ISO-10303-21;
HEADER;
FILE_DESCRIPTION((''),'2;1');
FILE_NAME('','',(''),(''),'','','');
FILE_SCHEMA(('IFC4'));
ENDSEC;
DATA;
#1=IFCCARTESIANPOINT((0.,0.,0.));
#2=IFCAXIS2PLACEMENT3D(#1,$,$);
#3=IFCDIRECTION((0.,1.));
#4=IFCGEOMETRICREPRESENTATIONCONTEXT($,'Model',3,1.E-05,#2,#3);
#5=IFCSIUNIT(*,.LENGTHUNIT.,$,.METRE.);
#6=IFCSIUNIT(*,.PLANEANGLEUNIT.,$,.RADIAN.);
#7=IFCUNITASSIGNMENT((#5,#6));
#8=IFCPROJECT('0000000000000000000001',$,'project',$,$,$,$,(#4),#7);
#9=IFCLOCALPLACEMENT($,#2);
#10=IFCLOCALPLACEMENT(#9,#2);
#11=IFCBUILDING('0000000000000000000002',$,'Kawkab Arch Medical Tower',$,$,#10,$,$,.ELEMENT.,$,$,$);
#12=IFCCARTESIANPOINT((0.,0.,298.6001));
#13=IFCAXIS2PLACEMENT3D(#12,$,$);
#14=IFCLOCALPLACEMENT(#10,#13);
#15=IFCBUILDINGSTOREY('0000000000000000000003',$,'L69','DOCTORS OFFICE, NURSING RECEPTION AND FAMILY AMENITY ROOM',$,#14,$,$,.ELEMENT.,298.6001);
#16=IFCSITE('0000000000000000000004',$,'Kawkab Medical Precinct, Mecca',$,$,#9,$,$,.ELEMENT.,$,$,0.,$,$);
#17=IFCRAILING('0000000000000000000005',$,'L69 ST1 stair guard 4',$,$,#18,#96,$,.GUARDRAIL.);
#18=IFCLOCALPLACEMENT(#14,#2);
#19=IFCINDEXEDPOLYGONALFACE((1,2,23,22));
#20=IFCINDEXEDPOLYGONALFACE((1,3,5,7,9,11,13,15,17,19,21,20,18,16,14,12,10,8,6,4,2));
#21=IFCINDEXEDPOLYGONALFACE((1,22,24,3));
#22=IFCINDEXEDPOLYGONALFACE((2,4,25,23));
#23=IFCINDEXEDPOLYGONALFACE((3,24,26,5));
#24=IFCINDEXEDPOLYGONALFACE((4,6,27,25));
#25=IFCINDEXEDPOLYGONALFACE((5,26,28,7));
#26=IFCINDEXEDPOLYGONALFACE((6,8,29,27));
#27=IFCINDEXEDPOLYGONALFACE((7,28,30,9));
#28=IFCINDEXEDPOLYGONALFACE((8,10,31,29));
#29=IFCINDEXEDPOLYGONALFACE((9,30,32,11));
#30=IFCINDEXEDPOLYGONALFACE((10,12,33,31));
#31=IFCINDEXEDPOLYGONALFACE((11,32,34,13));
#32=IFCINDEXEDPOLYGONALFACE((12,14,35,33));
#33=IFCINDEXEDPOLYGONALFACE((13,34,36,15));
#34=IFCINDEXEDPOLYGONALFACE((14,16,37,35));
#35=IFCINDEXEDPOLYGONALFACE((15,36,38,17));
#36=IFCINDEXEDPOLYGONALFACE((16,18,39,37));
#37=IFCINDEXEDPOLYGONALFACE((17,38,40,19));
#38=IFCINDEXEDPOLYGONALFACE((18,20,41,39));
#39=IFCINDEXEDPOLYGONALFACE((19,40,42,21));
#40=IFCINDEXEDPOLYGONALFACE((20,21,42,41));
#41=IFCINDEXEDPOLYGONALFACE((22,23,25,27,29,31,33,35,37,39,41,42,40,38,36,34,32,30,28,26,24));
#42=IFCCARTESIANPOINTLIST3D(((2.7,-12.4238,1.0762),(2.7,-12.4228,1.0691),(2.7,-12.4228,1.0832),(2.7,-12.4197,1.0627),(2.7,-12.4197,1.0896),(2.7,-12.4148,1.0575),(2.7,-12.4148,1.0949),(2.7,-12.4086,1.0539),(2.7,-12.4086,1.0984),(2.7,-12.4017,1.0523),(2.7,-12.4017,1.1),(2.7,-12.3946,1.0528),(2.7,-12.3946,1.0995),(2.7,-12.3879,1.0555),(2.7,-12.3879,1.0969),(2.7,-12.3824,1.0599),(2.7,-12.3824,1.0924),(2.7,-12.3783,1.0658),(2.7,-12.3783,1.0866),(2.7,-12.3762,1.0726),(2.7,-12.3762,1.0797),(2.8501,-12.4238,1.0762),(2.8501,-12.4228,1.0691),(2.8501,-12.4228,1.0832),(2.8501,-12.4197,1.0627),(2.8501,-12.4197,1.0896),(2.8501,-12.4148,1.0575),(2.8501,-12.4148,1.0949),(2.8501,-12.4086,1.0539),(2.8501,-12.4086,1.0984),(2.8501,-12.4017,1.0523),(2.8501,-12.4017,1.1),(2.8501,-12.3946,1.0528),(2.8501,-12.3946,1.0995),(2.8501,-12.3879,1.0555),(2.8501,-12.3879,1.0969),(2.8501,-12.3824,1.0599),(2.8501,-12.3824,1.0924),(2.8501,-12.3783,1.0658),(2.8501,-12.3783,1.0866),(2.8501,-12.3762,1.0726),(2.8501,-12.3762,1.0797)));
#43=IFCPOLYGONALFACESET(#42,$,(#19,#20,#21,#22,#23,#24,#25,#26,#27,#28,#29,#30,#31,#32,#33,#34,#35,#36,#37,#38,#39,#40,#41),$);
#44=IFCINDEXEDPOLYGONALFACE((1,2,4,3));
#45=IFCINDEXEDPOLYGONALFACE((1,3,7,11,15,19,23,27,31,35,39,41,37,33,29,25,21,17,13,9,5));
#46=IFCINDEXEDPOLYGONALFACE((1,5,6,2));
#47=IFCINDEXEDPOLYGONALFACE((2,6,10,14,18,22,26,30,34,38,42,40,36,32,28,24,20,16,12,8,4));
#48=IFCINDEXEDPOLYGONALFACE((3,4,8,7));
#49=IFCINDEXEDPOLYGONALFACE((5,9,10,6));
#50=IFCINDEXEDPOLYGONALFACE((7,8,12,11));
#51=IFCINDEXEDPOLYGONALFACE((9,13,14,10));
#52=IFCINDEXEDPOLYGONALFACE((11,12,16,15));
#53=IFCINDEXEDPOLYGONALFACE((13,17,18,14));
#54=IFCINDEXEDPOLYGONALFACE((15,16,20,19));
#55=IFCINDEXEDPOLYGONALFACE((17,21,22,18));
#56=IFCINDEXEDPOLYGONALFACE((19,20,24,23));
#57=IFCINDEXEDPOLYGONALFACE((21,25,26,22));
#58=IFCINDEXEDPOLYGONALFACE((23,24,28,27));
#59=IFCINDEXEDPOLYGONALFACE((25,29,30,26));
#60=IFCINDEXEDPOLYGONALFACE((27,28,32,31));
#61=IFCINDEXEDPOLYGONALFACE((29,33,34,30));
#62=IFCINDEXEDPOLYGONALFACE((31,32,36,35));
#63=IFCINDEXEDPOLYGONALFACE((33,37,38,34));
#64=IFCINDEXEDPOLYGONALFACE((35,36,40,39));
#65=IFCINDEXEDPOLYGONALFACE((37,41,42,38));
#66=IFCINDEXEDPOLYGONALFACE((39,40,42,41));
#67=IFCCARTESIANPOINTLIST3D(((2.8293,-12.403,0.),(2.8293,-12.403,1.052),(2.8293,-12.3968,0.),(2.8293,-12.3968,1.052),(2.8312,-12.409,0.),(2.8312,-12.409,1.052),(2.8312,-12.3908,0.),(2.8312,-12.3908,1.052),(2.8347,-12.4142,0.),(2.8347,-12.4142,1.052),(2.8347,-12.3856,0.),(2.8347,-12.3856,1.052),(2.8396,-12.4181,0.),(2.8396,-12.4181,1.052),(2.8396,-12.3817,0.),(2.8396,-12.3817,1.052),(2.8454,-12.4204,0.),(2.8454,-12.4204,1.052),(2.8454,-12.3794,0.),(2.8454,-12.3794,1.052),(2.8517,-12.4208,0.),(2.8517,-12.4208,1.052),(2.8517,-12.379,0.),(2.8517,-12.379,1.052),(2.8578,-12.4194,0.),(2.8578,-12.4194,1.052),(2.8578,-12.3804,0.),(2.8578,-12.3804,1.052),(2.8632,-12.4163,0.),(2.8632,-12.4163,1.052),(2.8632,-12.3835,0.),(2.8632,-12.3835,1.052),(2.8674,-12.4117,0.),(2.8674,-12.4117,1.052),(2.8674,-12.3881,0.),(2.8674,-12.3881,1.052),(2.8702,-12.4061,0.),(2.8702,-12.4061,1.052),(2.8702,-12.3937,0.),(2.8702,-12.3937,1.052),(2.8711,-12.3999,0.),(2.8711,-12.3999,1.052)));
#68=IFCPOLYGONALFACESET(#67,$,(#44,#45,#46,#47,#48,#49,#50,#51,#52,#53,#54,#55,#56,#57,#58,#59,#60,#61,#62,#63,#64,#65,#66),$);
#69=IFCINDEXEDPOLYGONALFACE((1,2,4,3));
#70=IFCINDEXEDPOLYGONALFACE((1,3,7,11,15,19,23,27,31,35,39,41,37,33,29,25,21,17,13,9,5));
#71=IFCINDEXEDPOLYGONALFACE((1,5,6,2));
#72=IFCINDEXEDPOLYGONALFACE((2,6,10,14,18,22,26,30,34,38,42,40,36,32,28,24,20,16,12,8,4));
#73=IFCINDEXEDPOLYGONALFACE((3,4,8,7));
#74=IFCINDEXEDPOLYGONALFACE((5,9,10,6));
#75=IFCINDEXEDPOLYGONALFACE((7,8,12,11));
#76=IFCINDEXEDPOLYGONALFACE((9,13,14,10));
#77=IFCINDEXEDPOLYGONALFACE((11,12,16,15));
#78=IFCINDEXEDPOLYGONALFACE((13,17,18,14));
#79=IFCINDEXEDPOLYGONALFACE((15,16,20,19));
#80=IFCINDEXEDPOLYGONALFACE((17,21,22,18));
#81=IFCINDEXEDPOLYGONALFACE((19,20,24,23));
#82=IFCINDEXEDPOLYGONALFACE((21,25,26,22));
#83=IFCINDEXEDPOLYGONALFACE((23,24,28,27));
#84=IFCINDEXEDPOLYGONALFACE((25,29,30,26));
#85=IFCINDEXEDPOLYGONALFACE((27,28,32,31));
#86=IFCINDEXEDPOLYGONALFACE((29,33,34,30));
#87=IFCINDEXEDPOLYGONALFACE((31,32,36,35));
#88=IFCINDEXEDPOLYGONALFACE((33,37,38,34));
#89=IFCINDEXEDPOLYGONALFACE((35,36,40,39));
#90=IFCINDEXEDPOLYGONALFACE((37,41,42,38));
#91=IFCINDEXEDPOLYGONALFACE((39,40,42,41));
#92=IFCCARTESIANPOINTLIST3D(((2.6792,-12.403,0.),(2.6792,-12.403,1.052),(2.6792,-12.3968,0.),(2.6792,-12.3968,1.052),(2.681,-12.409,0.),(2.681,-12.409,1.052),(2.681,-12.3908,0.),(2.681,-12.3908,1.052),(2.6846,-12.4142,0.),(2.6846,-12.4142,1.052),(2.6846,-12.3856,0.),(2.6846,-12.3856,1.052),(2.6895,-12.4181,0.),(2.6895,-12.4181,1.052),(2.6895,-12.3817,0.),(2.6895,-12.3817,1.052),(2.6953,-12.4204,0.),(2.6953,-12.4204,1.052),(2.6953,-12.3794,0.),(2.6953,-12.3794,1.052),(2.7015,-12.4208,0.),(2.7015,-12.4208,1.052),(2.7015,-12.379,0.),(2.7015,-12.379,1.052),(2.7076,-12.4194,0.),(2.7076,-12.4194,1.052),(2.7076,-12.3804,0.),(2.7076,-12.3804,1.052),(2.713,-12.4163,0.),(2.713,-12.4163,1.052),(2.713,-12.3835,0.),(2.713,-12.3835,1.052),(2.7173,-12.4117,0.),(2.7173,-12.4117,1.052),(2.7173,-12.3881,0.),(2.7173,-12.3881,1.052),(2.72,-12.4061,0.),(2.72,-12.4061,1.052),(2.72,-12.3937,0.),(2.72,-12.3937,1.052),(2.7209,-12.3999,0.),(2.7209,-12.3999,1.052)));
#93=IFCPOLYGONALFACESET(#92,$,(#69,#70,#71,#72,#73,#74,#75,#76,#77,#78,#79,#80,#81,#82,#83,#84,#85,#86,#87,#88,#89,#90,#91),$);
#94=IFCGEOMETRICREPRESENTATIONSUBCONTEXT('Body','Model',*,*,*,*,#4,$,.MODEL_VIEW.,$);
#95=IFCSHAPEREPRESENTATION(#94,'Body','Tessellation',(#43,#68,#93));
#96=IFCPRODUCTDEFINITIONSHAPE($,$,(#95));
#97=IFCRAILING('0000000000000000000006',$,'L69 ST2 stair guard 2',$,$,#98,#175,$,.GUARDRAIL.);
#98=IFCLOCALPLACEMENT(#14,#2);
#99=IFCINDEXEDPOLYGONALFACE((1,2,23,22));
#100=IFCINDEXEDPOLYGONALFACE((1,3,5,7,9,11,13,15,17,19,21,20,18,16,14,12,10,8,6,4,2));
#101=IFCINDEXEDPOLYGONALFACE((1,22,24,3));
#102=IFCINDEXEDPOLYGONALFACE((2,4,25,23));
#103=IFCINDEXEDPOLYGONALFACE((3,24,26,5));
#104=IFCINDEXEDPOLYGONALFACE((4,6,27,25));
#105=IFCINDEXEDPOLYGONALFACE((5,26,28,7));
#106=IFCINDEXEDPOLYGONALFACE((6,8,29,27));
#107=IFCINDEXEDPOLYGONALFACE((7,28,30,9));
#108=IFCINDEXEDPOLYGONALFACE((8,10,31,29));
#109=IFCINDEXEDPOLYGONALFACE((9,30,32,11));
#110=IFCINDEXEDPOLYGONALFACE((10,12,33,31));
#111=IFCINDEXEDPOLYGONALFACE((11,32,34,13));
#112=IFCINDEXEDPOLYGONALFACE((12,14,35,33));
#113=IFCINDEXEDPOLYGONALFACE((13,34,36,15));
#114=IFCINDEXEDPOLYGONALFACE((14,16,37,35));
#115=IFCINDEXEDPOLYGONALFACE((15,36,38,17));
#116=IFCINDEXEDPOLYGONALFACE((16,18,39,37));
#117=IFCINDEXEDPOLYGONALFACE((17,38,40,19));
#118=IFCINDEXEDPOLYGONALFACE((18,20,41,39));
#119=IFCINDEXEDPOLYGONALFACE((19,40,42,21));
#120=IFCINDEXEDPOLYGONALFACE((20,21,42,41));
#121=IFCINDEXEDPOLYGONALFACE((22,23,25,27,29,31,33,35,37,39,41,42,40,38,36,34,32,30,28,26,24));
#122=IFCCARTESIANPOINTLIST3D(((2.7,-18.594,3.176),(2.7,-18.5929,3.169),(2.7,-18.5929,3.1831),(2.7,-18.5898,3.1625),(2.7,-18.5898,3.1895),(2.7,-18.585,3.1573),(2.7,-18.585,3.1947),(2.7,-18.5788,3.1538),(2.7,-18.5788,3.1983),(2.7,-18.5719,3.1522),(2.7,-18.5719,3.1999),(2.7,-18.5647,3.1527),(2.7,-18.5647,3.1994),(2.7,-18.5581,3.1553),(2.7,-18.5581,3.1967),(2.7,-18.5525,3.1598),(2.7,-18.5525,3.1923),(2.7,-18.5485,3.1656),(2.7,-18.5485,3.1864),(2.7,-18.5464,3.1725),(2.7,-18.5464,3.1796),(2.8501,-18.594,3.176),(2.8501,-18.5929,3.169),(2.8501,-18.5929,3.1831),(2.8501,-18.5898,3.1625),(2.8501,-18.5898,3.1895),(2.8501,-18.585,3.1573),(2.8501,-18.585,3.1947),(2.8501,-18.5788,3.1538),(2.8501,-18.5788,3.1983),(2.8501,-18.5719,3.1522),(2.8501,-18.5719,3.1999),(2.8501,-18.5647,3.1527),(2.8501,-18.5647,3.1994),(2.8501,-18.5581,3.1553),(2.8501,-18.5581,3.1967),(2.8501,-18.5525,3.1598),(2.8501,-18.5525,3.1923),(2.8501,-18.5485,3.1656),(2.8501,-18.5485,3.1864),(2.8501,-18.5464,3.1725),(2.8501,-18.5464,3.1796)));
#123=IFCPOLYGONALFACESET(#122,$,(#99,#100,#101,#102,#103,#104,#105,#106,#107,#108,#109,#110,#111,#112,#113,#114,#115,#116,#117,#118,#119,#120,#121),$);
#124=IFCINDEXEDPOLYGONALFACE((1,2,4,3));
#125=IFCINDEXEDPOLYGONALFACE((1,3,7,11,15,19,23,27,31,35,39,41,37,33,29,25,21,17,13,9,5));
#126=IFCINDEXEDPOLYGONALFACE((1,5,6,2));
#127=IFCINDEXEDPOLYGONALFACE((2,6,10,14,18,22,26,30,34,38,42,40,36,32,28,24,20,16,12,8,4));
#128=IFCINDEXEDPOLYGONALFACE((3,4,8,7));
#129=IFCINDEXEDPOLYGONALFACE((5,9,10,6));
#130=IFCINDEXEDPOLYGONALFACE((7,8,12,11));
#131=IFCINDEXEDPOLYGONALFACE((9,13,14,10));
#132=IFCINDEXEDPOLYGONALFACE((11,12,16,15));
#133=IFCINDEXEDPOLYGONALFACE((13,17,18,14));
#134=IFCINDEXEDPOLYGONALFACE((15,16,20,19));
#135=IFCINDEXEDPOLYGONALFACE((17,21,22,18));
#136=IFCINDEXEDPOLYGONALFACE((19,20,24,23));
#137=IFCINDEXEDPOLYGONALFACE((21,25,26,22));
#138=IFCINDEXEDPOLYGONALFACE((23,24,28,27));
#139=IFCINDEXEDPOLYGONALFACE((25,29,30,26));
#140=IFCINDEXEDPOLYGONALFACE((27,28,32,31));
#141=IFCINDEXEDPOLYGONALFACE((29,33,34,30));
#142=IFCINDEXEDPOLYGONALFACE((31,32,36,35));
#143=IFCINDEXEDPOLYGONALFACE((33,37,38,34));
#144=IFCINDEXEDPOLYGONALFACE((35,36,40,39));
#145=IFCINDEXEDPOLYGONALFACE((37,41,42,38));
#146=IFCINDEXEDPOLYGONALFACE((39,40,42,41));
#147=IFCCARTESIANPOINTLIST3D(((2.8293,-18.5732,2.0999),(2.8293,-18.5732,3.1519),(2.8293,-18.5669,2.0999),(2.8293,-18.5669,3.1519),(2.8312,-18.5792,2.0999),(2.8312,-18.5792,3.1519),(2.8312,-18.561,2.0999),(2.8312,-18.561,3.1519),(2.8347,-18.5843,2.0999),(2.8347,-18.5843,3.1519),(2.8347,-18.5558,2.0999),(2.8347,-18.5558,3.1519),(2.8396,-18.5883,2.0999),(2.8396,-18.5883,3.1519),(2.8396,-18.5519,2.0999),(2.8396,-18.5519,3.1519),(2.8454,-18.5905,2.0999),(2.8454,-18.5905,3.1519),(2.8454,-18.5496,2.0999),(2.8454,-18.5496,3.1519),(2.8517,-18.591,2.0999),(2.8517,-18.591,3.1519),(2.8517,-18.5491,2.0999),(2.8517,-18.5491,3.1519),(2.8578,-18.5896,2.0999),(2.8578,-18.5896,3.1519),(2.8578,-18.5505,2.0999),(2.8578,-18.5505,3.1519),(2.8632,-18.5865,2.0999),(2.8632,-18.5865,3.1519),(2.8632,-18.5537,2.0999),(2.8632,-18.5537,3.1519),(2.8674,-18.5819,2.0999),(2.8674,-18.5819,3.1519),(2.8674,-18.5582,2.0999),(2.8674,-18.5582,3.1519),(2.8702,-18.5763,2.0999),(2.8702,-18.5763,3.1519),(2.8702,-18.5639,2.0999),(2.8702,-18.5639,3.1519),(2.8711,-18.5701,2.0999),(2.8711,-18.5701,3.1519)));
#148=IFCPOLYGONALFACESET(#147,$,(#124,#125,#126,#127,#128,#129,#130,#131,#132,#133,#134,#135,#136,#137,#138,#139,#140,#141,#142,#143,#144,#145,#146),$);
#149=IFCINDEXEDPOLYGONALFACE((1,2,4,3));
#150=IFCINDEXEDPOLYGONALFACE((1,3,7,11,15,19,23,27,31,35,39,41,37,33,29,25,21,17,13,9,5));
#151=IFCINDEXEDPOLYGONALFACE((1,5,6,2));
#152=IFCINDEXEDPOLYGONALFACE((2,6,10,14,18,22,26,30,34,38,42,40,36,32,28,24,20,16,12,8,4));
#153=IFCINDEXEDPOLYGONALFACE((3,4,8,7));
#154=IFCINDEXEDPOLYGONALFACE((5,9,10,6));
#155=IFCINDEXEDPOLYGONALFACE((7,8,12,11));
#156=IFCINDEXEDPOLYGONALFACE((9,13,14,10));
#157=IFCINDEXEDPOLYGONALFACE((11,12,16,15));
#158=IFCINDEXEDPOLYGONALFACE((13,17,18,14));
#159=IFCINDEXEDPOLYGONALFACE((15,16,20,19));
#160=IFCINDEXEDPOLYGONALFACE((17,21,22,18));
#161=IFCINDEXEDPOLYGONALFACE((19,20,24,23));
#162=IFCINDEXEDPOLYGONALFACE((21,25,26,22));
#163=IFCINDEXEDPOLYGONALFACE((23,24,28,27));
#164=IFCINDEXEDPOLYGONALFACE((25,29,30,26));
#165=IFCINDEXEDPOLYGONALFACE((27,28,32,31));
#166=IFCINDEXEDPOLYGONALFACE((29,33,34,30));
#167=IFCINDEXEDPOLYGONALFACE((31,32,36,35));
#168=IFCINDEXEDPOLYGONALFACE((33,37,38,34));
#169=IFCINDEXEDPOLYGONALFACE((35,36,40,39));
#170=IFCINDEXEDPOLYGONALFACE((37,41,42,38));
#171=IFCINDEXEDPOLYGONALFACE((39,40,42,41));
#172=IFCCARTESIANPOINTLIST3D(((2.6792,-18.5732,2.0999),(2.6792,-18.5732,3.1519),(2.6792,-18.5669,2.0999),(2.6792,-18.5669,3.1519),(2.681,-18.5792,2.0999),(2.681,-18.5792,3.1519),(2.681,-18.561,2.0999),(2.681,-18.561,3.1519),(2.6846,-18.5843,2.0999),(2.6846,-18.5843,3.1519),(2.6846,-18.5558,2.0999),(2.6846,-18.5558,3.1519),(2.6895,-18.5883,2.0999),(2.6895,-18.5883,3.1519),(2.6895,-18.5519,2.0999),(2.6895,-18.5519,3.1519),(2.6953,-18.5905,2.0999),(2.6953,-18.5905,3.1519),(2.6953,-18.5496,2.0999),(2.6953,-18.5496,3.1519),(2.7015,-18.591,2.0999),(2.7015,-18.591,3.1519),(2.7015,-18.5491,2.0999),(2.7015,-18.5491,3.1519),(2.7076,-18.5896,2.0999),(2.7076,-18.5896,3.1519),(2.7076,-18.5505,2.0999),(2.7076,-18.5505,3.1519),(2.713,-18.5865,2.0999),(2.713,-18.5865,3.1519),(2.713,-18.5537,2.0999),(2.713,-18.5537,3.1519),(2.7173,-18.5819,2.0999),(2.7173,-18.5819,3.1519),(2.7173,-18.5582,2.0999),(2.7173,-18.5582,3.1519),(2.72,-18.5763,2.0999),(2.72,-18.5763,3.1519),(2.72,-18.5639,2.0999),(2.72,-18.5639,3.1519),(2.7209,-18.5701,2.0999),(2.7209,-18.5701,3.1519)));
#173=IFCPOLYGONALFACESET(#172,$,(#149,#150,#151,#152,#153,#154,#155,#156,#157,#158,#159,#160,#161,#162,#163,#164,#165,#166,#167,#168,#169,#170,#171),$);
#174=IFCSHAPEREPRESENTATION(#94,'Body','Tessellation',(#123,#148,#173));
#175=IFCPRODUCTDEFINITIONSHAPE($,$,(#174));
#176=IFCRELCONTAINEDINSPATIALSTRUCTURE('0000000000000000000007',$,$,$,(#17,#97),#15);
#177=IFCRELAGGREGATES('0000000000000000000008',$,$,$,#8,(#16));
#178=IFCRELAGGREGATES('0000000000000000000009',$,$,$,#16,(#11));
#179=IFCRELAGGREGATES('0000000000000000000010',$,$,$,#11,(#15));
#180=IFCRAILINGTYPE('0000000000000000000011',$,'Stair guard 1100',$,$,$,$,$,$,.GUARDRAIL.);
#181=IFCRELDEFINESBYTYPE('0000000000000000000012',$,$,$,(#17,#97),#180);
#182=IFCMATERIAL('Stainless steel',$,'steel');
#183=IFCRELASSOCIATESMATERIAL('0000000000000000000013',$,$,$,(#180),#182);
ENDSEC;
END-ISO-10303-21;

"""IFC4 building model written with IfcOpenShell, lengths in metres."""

from ifc_helpers import new_model, si_unit, direction, frame, origin, origin_2d, place, context, subcontext, project, spatial, circle, extrude, material, type_object, element, save


model = new_model("IFC4")

# Units and contexts
model_context = context("Model", 3, precision=1e-05, world=origin(), true_north=direction((0.0, 1.0)))
body_context = subcontext(model_context, "Body", "Model", "MODEL_VIEW")
ifc_project = project(units=[si_unit("LENGTHUNIT", "METRE"), si_unit("PLANEANGLEUNIT", "RADIAN")], contexts=[model_context])

# Site, building, storey
site_placement = place(None, origin())
site = spatial("IfcSite", under=ifc_project, at=site_placement, Name="Kawkab Medical Precinct, Mecca", CompositionType="ELEMENT", RefElevation=0.0)
building_placement = place(site_placement, origin())
building = spatial("IfcBuilding", under=site, at=building_placement, Name="Kawkab Arch Medical Tower", CompositionType="ELEMENT")
storey_placement = place(building_placement, frame((0.0, 0.0, 298.6001)))
storey = spatial("IfcBuildingStorey", under=building, at=storey_placement, Name="L69", Description="DOCTORS OFFICE, NURSING RECEPTION AND FAMILY AMENITY ROOM", CompositionType="ELEMENT", Elevation=298.6001)

# Railings
ifc_material_1 = material(Name="Stainless steel", Category="steel")
railing_type = type_object("IfcRailingType", Name="Stair guard 1100", PredefinedType="GUARDRAIL", material=ifc_material_1)
for number, where, name in (
    (1, (2.8501, -12.3999, 0.0), "L69 ST1 stair guard 4"),
    (2, (2.8501, -18.5701, 2.0999), "L69 ST2 stair guard 2"),
):
    element("IfcRailing", number, at=place(storey_placement, frame(where)), inside=storey, type_object=railing_type, Name=name, PredefinedType="GUARDRAIL", context=body_context, shape_type="SweptSolid", body=[
        extrude(circle(Radius=0.0239, at=origin_2d()), frame((0.0, 0.0, 1.0762), z_axis=(-1.0, 0.0, 0.0), x_axis=(0.0, -1.0, 0.0)), (0.0, 0.0, 1.0), 0.1501),
        extrude(circle(Radius=0.021, at=origin_2d()), origin(), (0.0, 0.0, 1.0), 1.052),
        extrude(circle(Radius=0.021, at=origin_2d()), frame((-0.1501, 0.0, 0.0)), (0.0, 0.0, 1.0), 1.052),
    ])

save(model, "model.ifc")
